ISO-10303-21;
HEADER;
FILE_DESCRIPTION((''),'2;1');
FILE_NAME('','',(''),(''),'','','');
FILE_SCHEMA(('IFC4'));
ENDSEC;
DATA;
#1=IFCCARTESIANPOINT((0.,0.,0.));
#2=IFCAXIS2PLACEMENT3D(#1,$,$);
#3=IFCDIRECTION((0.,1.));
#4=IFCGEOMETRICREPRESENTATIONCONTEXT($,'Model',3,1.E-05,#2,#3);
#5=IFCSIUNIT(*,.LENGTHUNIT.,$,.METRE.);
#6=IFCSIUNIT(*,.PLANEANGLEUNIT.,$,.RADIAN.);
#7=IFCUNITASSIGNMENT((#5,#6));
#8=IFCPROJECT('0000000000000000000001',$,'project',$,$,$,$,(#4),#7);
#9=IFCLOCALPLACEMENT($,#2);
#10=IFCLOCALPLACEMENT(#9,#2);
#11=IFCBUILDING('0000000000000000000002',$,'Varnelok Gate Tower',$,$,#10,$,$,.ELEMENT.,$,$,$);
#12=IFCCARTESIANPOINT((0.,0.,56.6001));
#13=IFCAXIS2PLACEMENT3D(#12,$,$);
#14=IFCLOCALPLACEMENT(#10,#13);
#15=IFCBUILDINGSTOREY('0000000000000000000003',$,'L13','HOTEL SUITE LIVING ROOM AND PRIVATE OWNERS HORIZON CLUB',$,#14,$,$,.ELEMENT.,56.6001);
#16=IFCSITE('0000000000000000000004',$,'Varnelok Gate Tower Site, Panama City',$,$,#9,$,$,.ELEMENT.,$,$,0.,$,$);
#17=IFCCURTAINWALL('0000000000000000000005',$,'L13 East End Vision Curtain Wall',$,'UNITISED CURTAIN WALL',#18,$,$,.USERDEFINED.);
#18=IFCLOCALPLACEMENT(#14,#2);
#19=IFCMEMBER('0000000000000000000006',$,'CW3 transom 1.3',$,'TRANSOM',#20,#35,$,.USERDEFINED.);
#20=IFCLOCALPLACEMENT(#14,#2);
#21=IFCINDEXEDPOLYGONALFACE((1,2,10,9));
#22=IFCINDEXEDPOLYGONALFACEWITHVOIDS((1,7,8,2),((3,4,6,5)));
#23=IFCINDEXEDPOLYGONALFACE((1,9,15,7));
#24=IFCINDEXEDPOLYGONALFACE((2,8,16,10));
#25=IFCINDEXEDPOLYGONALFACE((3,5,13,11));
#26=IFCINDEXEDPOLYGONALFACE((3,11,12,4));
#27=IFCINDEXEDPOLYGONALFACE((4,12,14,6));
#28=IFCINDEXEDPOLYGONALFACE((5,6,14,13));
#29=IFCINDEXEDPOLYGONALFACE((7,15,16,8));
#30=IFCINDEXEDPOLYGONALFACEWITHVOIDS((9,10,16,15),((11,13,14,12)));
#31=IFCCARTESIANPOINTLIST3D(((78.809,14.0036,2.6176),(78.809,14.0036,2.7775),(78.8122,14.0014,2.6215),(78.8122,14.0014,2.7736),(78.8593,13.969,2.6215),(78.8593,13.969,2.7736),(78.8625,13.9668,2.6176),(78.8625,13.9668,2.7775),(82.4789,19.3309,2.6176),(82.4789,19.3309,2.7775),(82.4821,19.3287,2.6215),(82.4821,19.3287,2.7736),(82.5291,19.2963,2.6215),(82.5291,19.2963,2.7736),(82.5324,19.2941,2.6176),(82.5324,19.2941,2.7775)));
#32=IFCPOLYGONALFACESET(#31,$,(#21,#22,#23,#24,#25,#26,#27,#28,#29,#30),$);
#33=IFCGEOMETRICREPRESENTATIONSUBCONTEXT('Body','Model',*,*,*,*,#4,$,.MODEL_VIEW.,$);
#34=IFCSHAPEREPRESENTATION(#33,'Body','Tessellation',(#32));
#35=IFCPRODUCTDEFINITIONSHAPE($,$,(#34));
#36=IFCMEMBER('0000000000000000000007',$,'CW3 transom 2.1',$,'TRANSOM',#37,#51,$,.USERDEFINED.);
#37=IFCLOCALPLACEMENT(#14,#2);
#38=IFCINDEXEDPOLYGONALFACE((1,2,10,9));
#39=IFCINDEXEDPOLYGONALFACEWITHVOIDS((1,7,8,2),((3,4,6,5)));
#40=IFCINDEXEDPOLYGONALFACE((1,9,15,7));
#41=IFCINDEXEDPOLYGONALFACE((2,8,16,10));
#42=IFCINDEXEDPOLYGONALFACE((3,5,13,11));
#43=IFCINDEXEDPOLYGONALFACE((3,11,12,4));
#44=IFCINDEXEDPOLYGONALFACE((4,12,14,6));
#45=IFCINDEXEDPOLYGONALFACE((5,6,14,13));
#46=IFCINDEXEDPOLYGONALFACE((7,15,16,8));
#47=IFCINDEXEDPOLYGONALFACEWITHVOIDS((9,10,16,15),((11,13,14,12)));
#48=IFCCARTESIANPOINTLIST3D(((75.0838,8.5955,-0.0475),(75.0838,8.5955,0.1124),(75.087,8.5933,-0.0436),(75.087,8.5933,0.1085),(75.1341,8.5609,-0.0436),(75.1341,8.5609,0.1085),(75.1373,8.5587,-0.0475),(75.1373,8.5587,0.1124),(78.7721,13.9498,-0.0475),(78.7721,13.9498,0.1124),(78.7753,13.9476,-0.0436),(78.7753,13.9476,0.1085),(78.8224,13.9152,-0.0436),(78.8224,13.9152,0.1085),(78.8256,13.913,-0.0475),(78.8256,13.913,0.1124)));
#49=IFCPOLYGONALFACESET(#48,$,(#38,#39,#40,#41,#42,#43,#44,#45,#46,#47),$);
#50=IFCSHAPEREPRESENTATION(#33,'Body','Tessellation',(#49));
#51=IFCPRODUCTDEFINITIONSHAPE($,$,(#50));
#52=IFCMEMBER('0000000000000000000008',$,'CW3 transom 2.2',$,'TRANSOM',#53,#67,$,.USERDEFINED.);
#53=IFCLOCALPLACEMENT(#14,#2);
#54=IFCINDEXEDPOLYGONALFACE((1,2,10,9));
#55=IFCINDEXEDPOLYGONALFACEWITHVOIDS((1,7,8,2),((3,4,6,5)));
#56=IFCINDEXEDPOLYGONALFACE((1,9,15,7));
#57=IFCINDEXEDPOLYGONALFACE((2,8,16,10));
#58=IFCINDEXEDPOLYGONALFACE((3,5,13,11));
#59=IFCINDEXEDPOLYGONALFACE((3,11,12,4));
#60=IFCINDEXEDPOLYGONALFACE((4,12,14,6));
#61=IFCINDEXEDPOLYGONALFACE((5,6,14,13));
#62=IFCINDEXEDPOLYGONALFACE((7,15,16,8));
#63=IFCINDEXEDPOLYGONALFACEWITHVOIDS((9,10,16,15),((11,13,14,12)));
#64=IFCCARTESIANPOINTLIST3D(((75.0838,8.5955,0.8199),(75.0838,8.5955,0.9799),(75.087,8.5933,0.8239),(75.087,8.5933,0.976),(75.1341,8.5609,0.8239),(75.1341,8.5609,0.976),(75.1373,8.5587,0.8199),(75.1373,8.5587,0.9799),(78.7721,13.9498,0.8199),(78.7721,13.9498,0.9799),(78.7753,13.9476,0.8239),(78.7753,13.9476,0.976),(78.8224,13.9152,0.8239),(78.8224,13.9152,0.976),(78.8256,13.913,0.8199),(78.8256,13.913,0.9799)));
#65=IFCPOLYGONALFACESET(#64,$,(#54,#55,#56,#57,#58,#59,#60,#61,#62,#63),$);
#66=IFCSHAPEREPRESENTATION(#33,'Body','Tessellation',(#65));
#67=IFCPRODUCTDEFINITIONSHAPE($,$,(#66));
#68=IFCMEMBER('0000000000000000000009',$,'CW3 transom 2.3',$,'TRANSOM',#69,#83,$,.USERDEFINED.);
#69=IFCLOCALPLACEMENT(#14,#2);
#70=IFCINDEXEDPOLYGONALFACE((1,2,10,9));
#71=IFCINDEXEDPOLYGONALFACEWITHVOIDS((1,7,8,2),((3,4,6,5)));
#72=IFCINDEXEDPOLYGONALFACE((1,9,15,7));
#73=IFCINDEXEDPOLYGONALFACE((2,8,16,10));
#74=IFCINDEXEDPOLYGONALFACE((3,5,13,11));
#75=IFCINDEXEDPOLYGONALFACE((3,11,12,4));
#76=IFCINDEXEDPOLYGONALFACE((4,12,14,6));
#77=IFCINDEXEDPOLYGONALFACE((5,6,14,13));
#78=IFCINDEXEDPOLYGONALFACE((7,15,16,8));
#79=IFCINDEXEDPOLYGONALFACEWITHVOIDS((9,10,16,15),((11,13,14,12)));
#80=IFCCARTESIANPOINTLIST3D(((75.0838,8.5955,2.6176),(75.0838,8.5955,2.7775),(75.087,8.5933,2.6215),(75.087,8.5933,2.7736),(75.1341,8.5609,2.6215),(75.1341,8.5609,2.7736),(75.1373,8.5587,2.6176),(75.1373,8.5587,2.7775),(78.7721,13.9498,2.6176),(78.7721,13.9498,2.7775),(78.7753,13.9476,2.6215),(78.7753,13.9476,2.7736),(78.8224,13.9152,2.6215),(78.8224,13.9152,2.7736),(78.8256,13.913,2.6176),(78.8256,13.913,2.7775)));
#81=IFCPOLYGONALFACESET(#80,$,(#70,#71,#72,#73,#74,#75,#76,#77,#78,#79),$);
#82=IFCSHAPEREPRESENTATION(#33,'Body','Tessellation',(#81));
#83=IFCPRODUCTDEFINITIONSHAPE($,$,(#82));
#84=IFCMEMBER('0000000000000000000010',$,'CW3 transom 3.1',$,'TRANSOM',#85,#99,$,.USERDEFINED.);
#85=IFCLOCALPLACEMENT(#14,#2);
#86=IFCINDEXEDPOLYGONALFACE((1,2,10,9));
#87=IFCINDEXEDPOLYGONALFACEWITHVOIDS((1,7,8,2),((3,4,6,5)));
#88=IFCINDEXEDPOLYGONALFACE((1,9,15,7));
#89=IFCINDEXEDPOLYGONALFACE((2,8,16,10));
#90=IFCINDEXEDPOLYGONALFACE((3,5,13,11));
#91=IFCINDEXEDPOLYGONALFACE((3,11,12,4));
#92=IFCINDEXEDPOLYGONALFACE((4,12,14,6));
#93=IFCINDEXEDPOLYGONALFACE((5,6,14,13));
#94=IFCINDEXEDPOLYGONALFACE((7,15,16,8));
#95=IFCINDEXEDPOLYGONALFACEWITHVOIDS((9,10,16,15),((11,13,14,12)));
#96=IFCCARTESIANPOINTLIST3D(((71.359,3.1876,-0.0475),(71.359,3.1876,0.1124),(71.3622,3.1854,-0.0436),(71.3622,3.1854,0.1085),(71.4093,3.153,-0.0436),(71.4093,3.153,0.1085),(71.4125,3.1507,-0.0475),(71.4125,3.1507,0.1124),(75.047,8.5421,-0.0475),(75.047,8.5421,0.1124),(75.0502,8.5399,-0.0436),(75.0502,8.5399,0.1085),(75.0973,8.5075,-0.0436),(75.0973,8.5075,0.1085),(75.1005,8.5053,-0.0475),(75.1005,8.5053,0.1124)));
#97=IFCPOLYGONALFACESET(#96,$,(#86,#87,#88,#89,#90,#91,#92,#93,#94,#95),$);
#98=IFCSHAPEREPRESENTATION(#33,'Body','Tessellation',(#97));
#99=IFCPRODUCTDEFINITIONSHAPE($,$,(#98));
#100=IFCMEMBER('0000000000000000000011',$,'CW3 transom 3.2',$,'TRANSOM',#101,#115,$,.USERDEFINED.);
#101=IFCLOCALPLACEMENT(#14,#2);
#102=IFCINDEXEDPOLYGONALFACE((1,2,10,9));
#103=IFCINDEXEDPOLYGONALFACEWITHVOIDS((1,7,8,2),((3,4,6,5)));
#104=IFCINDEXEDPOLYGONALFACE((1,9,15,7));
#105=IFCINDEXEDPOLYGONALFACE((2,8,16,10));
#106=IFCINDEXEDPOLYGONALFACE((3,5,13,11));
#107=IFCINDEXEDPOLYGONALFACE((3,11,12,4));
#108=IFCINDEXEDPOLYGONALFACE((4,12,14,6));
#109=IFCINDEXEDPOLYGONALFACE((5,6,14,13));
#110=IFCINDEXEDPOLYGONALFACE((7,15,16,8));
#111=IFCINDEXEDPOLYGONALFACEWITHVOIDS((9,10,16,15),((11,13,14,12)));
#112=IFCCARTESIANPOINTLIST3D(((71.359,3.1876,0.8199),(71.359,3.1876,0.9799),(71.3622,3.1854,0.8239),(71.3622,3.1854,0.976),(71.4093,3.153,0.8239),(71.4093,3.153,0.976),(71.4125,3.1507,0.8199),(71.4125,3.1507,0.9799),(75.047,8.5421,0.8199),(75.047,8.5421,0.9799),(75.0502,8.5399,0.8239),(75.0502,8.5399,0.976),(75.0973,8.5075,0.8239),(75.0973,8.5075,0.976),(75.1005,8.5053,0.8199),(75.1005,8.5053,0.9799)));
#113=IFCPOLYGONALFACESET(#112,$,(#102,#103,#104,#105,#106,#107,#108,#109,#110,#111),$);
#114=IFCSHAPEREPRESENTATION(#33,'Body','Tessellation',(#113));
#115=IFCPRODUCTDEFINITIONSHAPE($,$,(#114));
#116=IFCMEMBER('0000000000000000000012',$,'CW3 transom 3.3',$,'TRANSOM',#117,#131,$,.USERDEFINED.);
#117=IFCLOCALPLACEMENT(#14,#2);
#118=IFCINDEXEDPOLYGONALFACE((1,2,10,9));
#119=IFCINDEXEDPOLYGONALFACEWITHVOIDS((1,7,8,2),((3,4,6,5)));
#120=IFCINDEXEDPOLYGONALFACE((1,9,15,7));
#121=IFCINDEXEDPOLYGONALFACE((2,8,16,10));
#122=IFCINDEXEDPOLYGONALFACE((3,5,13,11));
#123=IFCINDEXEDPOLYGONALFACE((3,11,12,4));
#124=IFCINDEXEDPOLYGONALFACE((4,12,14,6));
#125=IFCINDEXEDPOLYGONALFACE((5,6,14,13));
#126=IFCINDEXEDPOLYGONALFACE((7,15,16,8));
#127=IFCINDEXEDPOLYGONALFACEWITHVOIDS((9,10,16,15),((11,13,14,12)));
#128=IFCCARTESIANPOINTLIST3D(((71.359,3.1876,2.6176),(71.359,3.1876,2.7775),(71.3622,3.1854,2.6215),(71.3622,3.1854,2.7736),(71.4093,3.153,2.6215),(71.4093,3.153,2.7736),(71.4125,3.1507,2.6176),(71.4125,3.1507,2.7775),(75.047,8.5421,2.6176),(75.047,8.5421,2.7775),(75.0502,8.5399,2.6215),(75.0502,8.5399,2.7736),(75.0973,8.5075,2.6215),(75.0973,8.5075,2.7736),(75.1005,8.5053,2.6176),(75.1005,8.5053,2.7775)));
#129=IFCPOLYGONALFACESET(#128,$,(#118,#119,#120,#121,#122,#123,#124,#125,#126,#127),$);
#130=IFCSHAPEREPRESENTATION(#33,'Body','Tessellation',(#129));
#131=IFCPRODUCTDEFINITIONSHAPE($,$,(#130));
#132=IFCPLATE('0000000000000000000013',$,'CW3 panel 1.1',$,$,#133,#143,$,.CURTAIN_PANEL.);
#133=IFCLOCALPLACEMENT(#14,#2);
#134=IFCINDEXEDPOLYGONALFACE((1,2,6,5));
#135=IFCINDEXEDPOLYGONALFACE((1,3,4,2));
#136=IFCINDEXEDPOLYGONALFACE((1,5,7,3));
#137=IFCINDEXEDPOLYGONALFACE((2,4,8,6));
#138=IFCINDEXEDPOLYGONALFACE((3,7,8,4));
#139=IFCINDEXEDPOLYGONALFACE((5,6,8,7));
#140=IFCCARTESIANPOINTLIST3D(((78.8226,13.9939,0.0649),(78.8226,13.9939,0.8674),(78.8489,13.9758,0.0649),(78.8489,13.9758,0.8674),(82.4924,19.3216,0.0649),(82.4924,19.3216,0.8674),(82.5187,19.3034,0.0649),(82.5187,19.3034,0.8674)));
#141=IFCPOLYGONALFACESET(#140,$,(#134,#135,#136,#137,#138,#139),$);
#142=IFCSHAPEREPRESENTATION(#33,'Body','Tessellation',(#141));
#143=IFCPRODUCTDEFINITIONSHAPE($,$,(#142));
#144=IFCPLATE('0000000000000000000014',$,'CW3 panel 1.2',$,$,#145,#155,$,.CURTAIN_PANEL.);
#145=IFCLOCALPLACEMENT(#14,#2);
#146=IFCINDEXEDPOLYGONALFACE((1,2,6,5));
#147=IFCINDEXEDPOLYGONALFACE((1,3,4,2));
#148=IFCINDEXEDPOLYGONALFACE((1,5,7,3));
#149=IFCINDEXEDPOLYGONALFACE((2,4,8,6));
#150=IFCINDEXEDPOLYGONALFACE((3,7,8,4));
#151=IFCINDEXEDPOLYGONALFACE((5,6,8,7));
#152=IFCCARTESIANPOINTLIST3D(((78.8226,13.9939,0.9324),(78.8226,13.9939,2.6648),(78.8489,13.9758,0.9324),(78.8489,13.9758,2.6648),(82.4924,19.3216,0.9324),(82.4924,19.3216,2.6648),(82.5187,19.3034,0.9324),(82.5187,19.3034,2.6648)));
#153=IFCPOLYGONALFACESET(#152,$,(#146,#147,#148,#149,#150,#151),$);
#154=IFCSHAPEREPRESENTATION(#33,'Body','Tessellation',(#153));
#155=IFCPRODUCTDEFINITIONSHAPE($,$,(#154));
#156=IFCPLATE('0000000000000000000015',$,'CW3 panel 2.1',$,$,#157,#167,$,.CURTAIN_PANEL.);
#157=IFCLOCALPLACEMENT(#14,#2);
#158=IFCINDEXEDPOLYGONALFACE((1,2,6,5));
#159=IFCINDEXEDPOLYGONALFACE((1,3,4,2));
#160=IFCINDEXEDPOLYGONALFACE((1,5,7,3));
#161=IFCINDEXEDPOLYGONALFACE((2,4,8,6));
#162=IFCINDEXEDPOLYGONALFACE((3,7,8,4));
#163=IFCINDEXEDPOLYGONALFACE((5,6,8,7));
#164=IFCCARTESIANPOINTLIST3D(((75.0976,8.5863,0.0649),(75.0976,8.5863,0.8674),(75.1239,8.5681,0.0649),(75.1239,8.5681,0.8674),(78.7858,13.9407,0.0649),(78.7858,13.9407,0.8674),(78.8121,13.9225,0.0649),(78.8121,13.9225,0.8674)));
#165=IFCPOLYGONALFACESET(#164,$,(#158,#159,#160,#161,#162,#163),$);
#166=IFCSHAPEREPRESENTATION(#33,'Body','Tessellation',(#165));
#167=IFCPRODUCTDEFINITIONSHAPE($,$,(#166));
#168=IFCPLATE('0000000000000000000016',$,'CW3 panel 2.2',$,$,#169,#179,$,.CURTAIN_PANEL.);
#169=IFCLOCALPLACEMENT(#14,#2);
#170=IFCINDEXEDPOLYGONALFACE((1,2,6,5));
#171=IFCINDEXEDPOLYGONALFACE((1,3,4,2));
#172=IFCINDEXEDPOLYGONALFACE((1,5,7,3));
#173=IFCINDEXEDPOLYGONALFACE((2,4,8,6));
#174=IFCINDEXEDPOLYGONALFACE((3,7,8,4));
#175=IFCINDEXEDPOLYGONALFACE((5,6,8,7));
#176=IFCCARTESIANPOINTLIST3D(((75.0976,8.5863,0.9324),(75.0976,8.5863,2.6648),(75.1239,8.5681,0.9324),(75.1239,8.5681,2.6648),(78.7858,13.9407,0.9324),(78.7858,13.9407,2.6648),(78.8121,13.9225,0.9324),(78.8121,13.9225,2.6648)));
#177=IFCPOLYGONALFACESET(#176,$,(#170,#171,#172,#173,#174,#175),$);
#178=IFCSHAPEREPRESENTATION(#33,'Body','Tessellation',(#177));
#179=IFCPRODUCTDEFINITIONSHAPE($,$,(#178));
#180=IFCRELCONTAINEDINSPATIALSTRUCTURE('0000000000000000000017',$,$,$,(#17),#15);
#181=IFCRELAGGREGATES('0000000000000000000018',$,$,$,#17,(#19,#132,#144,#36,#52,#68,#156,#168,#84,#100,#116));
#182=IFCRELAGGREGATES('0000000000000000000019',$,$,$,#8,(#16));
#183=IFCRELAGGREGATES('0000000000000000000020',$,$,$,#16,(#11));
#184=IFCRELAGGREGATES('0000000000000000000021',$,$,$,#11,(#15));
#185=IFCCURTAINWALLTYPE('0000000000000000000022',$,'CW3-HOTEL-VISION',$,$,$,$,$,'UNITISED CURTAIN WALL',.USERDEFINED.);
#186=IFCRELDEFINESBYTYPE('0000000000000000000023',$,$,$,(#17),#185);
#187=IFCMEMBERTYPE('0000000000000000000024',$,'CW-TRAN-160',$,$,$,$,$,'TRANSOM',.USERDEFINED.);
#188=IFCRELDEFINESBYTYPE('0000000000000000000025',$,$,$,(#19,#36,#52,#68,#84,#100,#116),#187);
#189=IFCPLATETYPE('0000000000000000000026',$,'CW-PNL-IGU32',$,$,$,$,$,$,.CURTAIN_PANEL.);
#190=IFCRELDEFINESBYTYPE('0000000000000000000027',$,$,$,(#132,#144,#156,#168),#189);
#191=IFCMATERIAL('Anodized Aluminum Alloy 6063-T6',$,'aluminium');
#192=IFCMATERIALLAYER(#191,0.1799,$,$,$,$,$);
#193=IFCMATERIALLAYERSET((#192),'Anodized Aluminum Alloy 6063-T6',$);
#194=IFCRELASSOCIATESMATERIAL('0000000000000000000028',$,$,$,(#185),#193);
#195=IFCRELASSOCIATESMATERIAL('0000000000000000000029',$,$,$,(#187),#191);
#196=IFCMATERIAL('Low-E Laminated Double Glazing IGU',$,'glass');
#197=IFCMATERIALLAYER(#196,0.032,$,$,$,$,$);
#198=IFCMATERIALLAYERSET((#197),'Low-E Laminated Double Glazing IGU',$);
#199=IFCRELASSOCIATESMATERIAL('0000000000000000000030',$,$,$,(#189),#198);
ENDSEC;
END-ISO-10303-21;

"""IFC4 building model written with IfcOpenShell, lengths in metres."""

from ifc_helpers import new_model, si_unit, direction, frame, origin, origin_2d, place, context, subcontext, project, spatial, rectangle, hollow_rectangle, extrude, source, transform, mapped, material, layer, layer_set, material_profile, profile_set, type_object, element, aggregate, save


model = new_model("IFC4")

# Units and contexts
model_context = context("Model", 3, precision=1e-05, world=origin(), true_north=direction((0.0, 1.0)))
body_context = subcontext(model_context, "Body", "Model", "MODEL_VIEW")
ifc_project = project(units=[si_unit("LENGTHUNIT", "METRE"), si_unit("PLANEANGLEUNIT", "RADIAN")], contexts=[model_context])

# Site, building, storey
site_placement = place(None, origin())
site = spatial("IfcSite", under=ifc_project, at=site_placement, Name="Varnelok Gate Tower Site, Panama City", CompositionType="ELEMENT", RefElevation=0.0)
building_placement = place(site_placement, origin())
building = spatial("IfcBuilding", under=site, at=building_placement, Name="Varnelok Gate Tower", CompositionType="ELEMENT")
storey_placement = place(building_placement, frame((0.0, 0.0, 56.6001)))
storey = spatial("IfcBuildingStorey", under=building, at=storey_placement, Name="L13", Description="HOTEL SUITE LIVING ROOM AND PRIVATE OWNERS HORIZON CLUB", CompositionType="ELEMENT", Elevation=56.6001)

# Curtain wall, members, plates
ifc_material_1 = material(Name="Anodized Aluminum Alloy 6063-T6", Category="aluminium")
ifc_layer_1 = layer(ifc_material_1, 0.1799)
ifc_layer_set_1 = layer_set([ifc_layer_1], Name="Anodized Aluminum Alloy 6063-T6")
curtain_wall_type = type_object("IfcCurtainWallType", Name="CW3-HOTEL-VISION", ElementType="UNITISED CURTAIN WALL", PredefinedType="USERDEFINED", material=ifc_layer_set_1)
curtain_wall_placement = place(storey_placement, origin())
curtain_wall = element("IfcCurtainWall", 1, at=curtain_wall_placement, inside=storey, type_object=curtain_wall_type, Name="L13 East End Vision Curtain Wall", ObjectType="UNITISED CURTAIN WALL", PredefinedType="USERDEFINED")
ifc_material_profile_1 = material_profile(ifc_material_1, hollow_rectangle(XDim=0.0649, YDim=0.1599, WallThickness=0.0039, at=origin_2d()), Name="ALU160X65X4")
ifc_profile_set_1 = profile_set([ifc_material_profile_1], Name="Anodized Aluminum Alloy 6063-T6")
member_type_1 = type_object("IfcMemberType", Name="CW-TRAN-160", ElementType="TRANSOM", PredefinedType="USERDEFINED", material=ifc_profile_set_1)
member_1_placement = place(storey_placement, frame((82.5056, 19.3125, 2.6975), z_axis=(-0.567299, -0.823512, 0.0), x_axis=(0.823512, -0.567299, 0.0)))
member_1 = element("IfcMember", 2, at=member_1_placement, type_object=member_type_1, Name="CW3 transom 1.3", ObjectType="TRANSOM", PredefinedType="USERDEFINED", context=body_context, shape_type="SweptSolid", body=[
    extrude(hollow_rectangle(XDim=0.0649, YDim=0.1599, WallThickness=0.0039, at=origin_2d()), origin(), (0.0, 0.0, 1.0), 6.469),
])
member_2_placement = place(storey_placement, frame((78.7988, 13.9314, 0.0325), z_axis=(-0.567279, -0.823526, 0.0), x_axis=(0.823526, -0.567279, 0.0)))
member_2 = element("IfcMember", 3, at=member_2_placement, type_object=member_type_1, Name="CW3 transom 2.1", ObjectType="TRANSOM", PredefinedType="USERDEFINED", context=body_context, shape_type="SweptSolid", body=[
    extrude(hollow_rectangle(XDim=0.0649, YDim=0.1599, WallThickness=0.0039, at=origin_2d()), origin(), (0.0, 0.0, 1.0), 6.5017),
])
member_3_placement = place(storey_placement, frame((78.7988, 13.9314, 0.8999), z_axis=(-0.567279, -0.823526, 0.0), x_axis=(0.823526, -0.567279, 0.0)))
member_3 = element("IfcMember", 4, at=member_3_placement, type_object=member_type_1, Name="CW3 transom 2.2", ObjectType="TRANSOM", PredefinedType="USERDEFINED", context=body_context, shape_type="SweptSolid", body=[
    extrude(hollow_rectangle(XDim=0.0649, YDim=0.1599, WallThickness=0.0039, at=origin_2d()), origin(), (0.0, 0.0, 1.0), 6.5017),
])
member_4_placement = place(storey_placement, frame((78.7988, 13.9314, 2.6975), z_axis=(-0.567279, -0.823526, 0.0), x_axis=(0.823526, -0.567279, 0.0)))
member_4 = element("IfcMember", 5, at=member_4_placement, type_object=member_type_1, Name="CW3 transom 2.3", ObjectType="TRANSOM", PredefinedType="USERDEFINED", context=body_context, shape_type="SweptSolid", body=[
    extrude(hollow_rectangle(XDim=0.0649, YDim=0.1599, WallThickness=0.0039, at=origin_2d()), origin(), (0.0, 0.0, 1.0), 6.5017),
])
member_5_placement = place(storey_placement, frame((75.0737, 8.5237, 0.0325), z_axis=(-0.567236, -0.823555, 0.0), x_axis=(0.823555, -0.567236, 0.0)))
member_5 = element("IfcMember", 6, at=member_5_placement, type_object=member_type_1, Name="CW3 transom 3.1", ObjectType="TRANSOM", PredefinedType="USERDEFINED", context=body_context, shape_type="SweptSolid", body=[
    extrude(hollow_rectangle(XDim=0.0649, YDim=0.1599, WallThickness=0.0039, at=origin_2d()), origin(), (0.0, 0.0, 1.0), 6.5017),
])
member_6_placement = place(storey_placement, frame((75.0737, 8.5237, 0.8999), z_axis=(-0.567236, -0.823555, 0.0), x_axis=(0.823555, -0.567236, 0.0)))
member_6 = element("IfcMember", 7, at=member_6_placement, type_object=member_type_1, Name="CW3 transom 3.2", ObjectType="TRANSOM", PredefinedType="USERDEFINED", context=body_context, shape_type="SweptSolid", body=[
    extrude(hollow_rectangle(XDim=0.0649, YDim=0.1599, WallThickness=0.0039, at=origin_2d()), origin(), (0.0, 0.0, 1.0), 6.5017),
])
member_7_placement = place(storey_placement, frame((75.0737, 8.5237, 2.6975), z_axis=(-0.567236, -0.823555, 0.0), x_axis=(0.823555, -0.567236, 0.0)))
member_7 = element("IfcMember", 8, at=member_7_placement, type_object=member_type_1, Name="CW3 transom 3.3", ObjectType="TRANSOM", PredefinedType="USERDEFINED", context=body_context, shape_type="SweptSolid", body=[
    extrude(hollow_rectangle(XDim=0.0649, YDim=0.1599, WallThickness=0.0039, at=origin_2d()), origin(), (0.0, 0.0, 1.0), 6.5017),
])
ifc_material_2 = material(Name="Low-E Laminated Double Glazing IGU", Category="glass")
ifc_layer_2 = layer(ifc_material_2, 0.032)
ifc_layer_set_2 = layer_set([ifc_layer_2], Name="Low-E Laminated Double Glazing IGU")
plate_type = type_object("IfcPlateType", Name="CW-PNL-IGU32", PredefinedType="CURTAIN_PANEL", material=ifc_layer_set_2)
shared_shape_1 = source(origin(), body_context, "Body", "SweptSolid", [
    extrude(rectangle(XDim=6.4692, YDim=0.032, at=origin_2d()), origin(), (0.0, 0.0, 1.0), 0.8025),
])
plate_1_placement = place(storey_placement, frame((80.6707, 16.6487, 0.0649), z_axis=(0.0, 0.0, 1.0), x_axis=(-0.567269, -0.823533, 0.0)))
plate_1 = element("IfcPlate", 9, at=plate_1_placement, type_object=plate_type, Name="CW3 panel 1.1", PredefinedType="CURTAIN_PANEL", context=body_context, shape_type="MappedRepresentation", body=[
    mapped(shared_shape_1, transform((0.0, 0.0, 0.0), scale=1.0)),
])
shared_shape_2 = source(origin(), body_context, "Body", "SweptSolid", [
    extrude(rectangle(XDim=6.4692, YDim=0.032, at=origin_2d()), origin(), (0.0, 0.0, 1.0), 1.7324),
])
plate_2_placement = place(storey_placement, frame((80.6707, 16.6487, 0.9324), z_axis=(0.0, 0.0, 1.0), x_axis=(-0.567269, -0.823533, 0.0)))
plate_2 = element("IfcPlate", 10, at=plate_2_placement, type_object=plate_type, Name="CW3 panel 1.2", PredefinedType="CURTAIN_PANEL", context=body_context, shape_type="MappedRepresentation", body=[
    mapped(shared_shape_2, transform((0.0, 0.0, 0.0), scale=1.0)),
])
shared_shape_3 = source(origin(), body_context, "Body", "SweptSolid", [
    extrude(rectangle(XDim=6.5017, YDim=0.032, at=origin_2d()), origin(), (0.0, 0.0, 1.0), 0.8025),
])
plate_3_placement = place(storey_placement, frame((76.9548, 11.2544, 0.0649), z_axis=(0.0, 0.0, 1.0), x_axis=(-0.567269, -0.823533, 0.0)))
plate_3 = element("IfcPlate", 11, at=plate_3_placement, type_object=plate_type, Name="CW3 panel 2.1", PredefinedType="CURTAIN_PANEL", context=body_context, shape_type="MappedRepresentation", body=[
    mapped(shared_shape_3, transform((0.0, 0.0, 0.0), scale=1.0)),
])
shared_shape_4 = source(origin(), body_context, "Body", "SweptSolid", [
    extrude(rectangle(XDim=6.5017, YDim=0.032, at=origin_2d()), origin(), (0.0, 0.0, 1.0), 1.7324),
])
plate_4_placement = place(storey_placement, frame((76.9548, 11.2544, 0.9324), z_axis=(0.0, 0.0, 1.0), x_axis=(-0.567269, -0.823533, 0.0)))
plate_4 = element("IfcPlate", 12, at=plate_4_placement, type_object=plate_type, Name="CW3 panel 2.2", PredefinedType="CURTAIN_PANEL", context=body_context, shape_type="MappedRepresentation", body=[
    mapped(shared_shape_4, transform((0.0, 0.0, 0.0), scale=1.0)),
])
aggregate(curtain_wall, [member_1, plate_1, plate_2, member_2, member_3, member_4, plate_3, plate_4, member_5, member_6, member_7])

save(model, "model.ifc")
